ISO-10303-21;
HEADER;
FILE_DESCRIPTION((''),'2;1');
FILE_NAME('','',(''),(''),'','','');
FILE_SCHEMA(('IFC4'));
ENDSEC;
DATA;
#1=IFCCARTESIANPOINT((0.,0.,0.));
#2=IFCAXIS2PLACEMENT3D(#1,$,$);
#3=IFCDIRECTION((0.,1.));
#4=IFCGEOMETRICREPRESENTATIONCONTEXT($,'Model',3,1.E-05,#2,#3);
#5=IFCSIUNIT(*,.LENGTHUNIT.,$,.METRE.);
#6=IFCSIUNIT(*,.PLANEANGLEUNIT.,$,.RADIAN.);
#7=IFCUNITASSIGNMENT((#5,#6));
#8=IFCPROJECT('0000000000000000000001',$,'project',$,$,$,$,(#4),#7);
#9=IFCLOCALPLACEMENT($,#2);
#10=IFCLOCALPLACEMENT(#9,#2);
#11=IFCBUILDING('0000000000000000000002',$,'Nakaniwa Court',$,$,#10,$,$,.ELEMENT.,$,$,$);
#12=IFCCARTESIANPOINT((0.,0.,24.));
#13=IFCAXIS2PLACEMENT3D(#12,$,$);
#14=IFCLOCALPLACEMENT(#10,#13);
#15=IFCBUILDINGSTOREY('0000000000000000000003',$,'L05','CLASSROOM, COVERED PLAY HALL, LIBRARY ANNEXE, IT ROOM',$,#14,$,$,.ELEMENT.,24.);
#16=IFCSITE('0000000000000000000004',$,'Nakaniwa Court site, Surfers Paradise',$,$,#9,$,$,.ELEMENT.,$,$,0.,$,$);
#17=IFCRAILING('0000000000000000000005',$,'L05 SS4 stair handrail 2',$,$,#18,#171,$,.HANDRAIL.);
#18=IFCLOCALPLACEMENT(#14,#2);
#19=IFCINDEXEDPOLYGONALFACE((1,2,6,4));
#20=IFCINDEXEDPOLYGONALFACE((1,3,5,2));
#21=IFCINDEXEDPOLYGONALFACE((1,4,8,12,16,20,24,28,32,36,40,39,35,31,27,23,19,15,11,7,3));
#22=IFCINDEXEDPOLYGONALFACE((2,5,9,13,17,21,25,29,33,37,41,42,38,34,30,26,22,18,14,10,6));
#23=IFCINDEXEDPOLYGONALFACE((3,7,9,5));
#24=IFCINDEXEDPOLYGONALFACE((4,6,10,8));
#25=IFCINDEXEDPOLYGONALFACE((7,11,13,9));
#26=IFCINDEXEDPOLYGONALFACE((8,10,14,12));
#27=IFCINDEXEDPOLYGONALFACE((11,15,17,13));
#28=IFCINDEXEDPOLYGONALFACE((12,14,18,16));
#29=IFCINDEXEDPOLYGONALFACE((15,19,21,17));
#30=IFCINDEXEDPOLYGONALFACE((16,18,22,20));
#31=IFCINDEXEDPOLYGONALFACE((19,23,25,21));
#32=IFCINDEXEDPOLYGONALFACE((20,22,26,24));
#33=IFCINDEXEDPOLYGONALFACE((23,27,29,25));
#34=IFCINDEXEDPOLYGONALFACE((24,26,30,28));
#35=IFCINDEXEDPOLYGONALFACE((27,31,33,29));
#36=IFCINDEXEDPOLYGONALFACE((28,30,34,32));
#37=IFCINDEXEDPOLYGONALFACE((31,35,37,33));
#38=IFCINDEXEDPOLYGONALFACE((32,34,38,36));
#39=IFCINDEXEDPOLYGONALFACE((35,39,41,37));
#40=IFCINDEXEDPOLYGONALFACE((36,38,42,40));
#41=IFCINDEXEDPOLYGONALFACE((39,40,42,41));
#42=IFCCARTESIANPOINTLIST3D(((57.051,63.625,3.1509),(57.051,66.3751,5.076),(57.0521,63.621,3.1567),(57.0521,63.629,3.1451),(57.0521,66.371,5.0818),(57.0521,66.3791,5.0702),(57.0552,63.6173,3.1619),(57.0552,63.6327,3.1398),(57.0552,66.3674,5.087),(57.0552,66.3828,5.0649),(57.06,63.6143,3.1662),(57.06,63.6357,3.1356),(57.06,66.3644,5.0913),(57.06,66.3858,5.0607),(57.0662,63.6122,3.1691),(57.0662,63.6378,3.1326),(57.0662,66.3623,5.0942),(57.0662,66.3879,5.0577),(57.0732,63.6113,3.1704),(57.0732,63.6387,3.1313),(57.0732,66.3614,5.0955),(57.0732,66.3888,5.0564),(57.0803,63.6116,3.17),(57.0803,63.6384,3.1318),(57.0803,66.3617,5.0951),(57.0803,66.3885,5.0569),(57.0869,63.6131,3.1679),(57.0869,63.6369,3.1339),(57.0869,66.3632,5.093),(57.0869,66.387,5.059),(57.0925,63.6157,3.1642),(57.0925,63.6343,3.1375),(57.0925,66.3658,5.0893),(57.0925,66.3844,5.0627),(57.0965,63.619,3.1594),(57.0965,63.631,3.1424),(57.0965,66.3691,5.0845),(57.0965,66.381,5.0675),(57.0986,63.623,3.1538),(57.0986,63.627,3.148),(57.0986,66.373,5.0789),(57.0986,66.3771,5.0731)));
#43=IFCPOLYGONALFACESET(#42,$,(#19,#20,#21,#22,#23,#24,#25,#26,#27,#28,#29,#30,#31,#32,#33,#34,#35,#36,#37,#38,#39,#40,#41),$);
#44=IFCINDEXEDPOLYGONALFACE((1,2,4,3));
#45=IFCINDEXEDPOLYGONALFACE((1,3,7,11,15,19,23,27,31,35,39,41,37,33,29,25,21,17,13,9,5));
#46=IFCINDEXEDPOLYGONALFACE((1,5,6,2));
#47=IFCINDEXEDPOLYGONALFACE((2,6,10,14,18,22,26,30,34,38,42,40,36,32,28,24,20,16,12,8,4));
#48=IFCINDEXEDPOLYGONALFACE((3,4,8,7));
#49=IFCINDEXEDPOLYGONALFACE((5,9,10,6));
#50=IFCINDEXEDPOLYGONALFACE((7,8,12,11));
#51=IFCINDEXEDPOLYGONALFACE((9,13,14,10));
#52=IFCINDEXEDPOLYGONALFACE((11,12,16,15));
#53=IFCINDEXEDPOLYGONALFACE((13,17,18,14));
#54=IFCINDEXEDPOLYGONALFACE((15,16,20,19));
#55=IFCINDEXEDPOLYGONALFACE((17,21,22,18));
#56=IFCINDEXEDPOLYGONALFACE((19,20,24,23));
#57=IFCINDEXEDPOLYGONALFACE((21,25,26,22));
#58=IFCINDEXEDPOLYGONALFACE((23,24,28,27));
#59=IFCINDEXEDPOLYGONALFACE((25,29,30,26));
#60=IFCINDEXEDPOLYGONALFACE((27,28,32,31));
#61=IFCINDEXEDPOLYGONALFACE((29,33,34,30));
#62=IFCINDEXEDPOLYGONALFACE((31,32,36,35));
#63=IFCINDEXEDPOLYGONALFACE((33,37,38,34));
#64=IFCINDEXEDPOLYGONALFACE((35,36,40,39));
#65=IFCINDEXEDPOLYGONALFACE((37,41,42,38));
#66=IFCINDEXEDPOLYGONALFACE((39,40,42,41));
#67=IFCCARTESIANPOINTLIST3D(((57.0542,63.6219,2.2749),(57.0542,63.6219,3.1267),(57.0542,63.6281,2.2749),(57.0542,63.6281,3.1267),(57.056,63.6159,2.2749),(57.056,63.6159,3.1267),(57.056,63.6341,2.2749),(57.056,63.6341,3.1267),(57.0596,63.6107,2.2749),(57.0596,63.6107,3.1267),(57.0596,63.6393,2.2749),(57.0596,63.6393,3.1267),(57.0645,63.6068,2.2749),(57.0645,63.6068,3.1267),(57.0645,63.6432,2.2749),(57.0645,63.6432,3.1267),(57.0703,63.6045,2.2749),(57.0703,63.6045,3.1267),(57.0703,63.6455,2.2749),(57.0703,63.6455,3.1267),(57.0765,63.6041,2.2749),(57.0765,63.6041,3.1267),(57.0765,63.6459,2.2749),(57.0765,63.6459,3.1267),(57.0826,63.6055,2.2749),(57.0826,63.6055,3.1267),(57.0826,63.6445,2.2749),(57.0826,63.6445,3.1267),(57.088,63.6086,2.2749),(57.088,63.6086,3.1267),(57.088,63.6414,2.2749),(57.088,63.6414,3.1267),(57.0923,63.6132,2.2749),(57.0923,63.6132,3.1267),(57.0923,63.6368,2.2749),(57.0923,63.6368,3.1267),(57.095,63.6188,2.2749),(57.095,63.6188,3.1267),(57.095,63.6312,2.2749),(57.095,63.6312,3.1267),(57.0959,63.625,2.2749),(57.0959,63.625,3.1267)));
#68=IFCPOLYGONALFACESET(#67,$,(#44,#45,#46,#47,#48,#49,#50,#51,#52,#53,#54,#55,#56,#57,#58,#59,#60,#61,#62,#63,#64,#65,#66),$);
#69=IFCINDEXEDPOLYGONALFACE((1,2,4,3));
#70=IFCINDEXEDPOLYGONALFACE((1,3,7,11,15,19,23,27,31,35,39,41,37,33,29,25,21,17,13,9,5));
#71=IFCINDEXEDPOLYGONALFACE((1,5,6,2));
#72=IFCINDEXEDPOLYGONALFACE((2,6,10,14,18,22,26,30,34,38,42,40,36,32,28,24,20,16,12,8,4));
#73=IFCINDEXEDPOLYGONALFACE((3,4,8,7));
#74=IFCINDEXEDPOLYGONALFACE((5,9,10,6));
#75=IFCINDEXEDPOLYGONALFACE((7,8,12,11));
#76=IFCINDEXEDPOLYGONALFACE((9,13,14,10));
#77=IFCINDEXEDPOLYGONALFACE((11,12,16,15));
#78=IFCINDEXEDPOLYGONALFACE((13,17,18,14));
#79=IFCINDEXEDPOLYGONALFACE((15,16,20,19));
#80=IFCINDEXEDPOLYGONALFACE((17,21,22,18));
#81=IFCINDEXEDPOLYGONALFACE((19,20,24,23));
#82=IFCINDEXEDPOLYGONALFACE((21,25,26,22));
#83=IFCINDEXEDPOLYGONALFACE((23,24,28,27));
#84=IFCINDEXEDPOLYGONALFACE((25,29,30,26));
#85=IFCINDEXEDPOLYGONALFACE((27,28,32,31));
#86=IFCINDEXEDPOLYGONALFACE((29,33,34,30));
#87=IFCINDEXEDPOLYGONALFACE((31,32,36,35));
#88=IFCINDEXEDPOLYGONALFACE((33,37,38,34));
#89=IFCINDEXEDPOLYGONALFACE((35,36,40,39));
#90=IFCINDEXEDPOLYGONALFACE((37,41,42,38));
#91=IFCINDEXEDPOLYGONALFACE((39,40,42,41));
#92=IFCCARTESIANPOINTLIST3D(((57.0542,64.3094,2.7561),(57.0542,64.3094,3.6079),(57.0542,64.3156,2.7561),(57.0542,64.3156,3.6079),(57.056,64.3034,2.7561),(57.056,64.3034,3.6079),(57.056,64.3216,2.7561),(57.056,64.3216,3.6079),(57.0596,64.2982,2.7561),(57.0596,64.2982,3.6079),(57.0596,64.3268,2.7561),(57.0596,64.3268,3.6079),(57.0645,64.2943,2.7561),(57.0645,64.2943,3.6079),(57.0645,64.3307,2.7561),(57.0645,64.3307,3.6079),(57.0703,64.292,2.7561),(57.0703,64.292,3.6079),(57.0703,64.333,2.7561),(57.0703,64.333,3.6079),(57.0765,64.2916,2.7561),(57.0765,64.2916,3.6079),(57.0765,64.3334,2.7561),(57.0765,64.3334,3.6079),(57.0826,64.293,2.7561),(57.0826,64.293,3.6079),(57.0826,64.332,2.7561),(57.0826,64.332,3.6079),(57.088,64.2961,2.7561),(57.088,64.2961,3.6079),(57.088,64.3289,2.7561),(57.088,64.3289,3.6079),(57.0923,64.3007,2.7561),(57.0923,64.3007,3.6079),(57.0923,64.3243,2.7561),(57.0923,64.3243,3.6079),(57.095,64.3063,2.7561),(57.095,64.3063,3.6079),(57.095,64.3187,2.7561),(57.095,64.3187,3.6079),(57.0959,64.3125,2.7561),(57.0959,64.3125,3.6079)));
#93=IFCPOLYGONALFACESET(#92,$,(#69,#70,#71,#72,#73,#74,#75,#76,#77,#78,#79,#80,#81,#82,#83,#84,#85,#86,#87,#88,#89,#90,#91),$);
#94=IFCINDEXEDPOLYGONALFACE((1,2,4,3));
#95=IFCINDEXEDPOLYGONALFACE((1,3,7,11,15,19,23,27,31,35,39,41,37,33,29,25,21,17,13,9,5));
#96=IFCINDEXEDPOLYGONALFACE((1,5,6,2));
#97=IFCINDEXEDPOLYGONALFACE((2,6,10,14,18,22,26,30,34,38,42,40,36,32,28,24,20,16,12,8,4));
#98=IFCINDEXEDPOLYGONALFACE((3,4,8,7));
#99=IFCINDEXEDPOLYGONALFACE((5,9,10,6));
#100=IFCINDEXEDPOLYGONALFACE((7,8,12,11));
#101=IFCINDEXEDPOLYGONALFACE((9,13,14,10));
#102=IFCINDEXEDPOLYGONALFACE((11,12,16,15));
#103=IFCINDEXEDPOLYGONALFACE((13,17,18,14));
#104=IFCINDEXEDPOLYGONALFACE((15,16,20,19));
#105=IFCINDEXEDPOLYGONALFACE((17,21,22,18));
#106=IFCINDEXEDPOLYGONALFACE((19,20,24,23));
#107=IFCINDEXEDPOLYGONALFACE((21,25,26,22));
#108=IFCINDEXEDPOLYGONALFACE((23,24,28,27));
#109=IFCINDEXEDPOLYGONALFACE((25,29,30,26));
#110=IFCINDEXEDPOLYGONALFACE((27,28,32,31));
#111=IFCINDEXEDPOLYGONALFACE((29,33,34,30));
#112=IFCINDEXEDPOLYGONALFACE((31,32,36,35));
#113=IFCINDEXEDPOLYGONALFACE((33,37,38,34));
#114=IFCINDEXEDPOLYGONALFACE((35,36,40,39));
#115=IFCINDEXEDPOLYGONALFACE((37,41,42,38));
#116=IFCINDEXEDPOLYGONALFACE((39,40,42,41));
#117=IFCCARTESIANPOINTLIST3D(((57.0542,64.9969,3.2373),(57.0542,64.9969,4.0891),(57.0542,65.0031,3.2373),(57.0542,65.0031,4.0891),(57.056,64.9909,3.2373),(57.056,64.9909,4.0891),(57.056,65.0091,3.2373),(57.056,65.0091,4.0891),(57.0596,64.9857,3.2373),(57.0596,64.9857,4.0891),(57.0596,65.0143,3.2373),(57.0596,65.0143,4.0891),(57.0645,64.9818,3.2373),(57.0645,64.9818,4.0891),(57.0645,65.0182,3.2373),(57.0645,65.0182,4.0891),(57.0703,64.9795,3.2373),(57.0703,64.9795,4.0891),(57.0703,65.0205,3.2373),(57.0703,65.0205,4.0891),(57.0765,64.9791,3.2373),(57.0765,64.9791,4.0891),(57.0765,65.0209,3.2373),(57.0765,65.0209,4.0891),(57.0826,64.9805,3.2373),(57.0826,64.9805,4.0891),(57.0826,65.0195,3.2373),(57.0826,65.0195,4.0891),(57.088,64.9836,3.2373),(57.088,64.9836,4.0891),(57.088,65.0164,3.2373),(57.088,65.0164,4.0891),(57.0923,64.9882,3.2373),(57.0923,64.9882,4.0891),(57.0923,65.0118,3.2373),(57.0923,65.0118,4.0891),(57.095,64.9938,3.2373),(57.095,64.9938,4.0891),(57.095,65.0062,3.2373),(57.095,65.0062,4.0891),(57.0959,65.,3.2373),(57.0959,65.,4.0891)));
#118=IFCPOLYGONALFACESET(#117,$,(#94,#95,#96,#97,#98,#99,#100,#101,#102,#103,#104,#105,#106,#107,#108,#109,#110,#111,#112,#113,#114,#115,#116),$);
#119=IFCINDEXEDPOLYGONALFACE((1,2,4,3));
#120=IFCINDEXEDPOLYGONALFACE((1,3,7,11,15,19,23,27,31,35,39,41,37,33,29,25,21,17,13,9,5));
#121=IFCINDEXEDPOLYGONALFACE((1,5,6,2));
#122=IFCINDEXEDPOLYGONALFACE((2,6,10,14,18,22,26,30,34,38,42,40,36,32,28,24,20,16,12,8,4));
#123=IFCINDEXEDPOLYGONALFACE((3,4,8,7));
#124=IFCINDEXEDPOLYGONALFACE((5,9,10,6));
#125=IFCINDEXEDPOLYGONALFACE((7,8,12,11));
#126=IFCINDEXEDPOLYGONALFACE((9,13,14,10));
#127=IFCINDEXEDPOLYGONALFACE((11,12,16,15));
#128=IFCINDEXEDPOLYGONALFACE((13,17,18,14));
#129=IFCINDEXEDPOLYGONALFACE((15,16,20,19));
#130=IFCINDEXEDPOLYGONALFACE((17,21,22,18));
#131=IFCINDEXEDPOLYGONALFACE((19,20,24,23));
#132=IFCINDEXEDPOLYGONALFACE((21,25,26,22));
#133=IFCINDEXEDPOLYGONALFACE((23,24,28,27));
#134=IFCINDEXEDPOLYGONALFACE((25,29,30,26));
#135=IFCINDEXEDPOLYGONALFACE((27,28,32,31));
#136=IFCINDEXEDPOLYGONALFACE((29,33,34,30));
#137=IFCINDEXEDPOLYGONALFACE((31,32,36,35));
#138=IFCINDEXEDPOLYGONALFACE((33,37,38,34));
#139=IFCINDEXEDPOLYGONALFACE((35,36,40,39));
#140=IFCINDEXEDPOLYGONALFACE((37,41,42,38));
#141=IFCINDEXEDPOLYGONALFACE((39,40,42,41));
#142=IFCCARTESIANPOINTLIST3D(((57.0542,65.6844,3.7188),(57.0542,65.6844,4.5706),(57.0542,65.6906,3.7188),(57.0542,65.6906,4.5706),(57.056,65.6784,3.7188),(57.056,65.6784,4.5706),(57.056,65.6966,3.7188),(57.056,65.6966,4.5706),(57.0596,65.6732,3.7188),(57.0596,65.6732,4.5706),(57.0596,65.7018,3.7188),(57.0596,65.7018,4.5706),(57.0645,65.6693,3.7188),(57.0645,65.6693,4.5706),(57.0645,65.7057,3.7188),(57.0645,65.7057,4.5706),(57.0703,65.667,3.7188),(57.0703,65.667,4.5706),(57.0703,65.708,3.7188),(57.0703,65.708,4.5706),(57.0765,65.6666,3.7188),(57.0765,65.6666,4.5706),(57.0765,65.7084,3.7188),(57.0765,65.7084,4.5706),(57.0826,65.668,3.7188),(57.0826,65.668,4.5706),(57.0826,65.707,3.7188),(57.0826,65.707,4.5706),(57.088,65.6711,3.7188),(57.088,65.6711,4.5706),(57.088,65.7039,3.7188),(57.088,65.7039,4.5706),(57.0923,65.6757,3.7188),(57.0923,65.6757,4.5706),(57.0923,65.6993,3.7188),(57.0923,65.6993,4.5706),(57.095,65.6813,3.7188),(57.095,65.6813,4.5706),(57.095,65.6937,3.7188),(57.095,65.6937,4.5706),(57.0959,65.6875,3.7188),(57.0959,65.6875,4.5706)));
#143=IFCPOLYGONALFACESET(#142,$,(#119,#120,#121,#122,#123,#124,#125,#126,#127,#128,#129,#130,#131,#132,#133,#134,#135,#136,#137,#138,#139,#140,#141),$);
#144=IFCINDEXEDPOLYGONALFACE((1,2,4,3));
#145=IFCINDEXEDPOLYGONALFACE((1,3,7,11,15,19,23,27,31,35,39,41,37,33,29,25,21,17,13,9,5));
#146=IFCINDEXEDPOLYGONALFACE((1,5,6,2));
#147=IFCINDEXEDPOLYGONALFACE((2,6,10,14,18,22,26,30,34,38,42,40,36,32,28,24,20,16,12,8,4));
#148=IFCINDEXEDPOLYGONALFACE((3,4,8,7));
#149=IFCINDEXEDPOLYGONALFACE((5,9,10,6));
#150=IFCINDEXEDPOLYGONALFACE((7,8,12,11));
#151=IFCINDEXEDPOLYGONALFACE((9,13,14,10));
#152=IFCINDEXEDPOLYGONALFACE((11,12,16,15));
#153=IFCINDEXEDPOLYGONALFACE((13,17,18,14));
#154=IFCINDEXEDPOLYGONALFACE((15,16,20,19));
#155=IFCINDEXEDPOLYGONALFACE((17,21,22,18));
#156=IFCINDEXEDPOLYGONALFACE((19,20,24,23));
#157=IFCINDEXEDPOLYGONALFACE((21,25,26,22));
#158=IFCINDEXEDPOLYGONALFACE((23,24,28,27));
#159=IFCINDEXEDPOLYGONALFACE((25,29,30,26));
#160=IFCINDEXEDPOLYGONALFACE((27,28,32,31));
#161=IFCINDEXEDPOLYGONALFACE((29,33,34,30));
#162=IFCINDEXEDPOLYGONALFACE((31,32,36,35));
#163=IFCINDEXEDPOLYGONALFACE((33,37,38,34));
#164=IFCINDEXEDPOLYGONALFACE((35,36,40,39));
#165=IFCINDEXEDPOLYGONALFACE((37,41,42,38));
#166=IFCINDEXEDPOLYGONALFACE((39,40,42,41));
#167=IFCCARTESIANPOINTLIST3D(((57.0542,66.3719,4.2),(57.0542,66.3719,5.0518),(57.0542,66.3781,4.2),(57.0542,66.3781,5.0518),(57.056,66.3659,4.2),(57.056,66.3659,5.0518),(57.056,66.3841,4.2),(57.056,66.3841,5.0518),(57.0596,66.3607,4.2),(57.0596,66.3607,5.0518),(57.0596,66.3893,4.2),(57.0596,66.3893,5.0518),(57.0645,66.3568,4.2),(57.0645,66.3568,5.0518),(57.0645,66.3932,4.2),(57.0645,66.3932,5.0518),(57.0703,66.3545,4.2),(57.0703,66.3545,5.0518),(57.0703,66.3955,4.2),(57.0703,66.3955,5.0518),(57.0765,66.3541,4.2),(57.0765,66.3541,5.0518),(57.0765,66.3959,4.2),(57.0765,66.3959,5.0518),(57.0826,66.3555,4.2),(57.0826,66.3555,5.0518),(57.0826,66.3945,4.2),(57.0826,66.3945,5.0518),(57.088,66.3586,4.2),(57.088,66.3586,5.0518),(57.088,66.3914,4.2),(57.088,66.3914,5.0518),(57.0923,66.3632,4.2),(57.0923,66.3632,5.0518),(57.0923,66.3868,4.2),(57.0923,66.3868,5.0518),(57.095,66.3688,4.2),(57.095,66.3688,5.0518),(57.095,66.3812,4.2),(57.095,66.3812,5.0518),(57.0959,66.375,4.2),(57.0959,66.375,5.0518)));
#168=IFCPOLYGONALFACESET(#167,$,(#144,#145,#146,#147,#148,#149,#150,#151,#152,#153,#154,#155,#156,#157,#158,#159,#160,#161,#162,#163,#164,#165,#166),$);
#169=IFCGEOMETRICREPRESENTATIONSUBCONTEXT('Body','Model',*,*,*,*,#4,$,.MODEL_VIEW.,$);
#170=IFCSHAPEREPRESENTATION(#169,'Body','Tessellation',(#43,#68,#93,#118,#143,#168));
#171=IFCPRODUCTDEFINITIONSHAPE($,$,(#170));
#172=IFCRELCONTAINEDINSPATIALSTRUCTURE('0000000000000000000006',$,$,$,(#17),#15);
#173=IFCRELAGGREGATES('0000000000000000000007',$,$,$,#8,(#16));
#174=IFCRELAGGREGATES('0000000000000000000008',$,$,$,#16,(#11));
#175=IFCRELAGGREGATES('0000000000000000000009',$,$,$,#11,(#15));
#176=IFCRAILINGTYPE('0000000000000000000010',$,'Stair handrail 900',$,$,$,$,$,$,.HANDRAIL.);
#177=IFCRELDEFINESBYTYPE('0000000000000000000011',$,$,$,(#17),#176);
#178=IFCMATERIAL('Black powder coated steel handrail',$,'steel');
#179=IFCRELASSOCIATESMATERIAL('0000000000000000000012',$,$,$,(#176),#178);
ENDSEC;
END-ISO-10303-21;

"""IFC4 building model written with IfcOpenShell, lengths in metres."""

from ifc_helpers import new_model, si_unit, direction, frame, origin, origin_2d, place, context, subcontext, project, spatial, circle, extrude, material, type_object, element, save


model = new_model("IFC4")

# Units and contexts
model_context = context("Model", 3, precision=1e-05, world=origin(), true_north=direction((0.0, 1.0)))
body_context = subcontext(model_context, "Body", "Model", "MODEL_VIEW")
ifc_project = project(units=[si_unit("LENGTHUNIT", "METRE"), si_unit("PLANEANGLEUNIT", "RADIAN")], contexts=[model_context])

# Site, building, storey
site_placement = place(None, origin())
site = spatial("IfcSite", under=ifc_project, at=site_placement, Name="Nakaniwa Court site, Surfers Paradise", CompositionType="ELEMENT", RefElevation=0.0)
building_placement = place(site_placement, origin())
building = spatial("IfcBuilding", under=site, at=building_placement, Name="Nakaniwa Court", CompositionType="ELEMENT")
storey_placement = place(building_placement, frame((0.0, 0.0, 24.0)))
storey = spatial("IfcBuildingStorey", under=building, at=storey_placement, Name="L05", Description="CLASSROOM, COVERED PLAY HALL, LIBRARY ANNEXE, IT ROOM", CompositionType="ELEMENT", Elevation=24.0)

# Railing
ifc_material_1 = material(Name="Black powder coated steel handrail", Category="steel")
railing_type_1 = type_object("IfcRailingType", Name="Stair handrail 900", PredefinedType="HANDRAIL", material=ifc_material_1)
railing_1_placement = place(storey_placement, frame((57.075, 63.625, 2.2749)))
element("IfcRailing", 1, at=railing_1_placement, inside=storey, type_object=railing_type_1, Name="L05 SS4 stair handrail 2", PredefinedType="HANDRAIL", context=body_context, shape_type="SweptSolid", body=[
    extrude(circle(Radius=0.0239, at=origin_2d()), frame((0.0, 0.0, 0.876), z_axis=(0.0, 0.819225, 0.573472), x_axis=(-1.0, 0.0, 0.0)), (0.0, 0.0, 1.0), 3.3569),
    extrude(circle(Radius=0.021, at=origin_2d()), origin(), (0.0, 0.0, 1.0), 0.8518),
    extrude(circle(Radius=0.021, at=origin_2d()), frame((0.0, 0.6875, 0.4812)), (0.0, 0.0, 1.0), 0.8518),
    extrude(circle(Radius=0.021, at=origin_2d()), frame((0.0, 1.375, 0.9624)), (0.0, 0.0, 1.0), 0.8518),
    extrude(circle(Radius=0.021, at=origin_2d()), frame((0.0, 2.0625, 1.4438)), (0.0, 0.0, 1.0), 0.8518),
    extrude(circle(Radius=0.021, at=origin_2d()), frame((0.0, 2.75, 1.925)), (0.0, 0.0, 1.0), 0.8518),
])

save(model, "model.ifc")
